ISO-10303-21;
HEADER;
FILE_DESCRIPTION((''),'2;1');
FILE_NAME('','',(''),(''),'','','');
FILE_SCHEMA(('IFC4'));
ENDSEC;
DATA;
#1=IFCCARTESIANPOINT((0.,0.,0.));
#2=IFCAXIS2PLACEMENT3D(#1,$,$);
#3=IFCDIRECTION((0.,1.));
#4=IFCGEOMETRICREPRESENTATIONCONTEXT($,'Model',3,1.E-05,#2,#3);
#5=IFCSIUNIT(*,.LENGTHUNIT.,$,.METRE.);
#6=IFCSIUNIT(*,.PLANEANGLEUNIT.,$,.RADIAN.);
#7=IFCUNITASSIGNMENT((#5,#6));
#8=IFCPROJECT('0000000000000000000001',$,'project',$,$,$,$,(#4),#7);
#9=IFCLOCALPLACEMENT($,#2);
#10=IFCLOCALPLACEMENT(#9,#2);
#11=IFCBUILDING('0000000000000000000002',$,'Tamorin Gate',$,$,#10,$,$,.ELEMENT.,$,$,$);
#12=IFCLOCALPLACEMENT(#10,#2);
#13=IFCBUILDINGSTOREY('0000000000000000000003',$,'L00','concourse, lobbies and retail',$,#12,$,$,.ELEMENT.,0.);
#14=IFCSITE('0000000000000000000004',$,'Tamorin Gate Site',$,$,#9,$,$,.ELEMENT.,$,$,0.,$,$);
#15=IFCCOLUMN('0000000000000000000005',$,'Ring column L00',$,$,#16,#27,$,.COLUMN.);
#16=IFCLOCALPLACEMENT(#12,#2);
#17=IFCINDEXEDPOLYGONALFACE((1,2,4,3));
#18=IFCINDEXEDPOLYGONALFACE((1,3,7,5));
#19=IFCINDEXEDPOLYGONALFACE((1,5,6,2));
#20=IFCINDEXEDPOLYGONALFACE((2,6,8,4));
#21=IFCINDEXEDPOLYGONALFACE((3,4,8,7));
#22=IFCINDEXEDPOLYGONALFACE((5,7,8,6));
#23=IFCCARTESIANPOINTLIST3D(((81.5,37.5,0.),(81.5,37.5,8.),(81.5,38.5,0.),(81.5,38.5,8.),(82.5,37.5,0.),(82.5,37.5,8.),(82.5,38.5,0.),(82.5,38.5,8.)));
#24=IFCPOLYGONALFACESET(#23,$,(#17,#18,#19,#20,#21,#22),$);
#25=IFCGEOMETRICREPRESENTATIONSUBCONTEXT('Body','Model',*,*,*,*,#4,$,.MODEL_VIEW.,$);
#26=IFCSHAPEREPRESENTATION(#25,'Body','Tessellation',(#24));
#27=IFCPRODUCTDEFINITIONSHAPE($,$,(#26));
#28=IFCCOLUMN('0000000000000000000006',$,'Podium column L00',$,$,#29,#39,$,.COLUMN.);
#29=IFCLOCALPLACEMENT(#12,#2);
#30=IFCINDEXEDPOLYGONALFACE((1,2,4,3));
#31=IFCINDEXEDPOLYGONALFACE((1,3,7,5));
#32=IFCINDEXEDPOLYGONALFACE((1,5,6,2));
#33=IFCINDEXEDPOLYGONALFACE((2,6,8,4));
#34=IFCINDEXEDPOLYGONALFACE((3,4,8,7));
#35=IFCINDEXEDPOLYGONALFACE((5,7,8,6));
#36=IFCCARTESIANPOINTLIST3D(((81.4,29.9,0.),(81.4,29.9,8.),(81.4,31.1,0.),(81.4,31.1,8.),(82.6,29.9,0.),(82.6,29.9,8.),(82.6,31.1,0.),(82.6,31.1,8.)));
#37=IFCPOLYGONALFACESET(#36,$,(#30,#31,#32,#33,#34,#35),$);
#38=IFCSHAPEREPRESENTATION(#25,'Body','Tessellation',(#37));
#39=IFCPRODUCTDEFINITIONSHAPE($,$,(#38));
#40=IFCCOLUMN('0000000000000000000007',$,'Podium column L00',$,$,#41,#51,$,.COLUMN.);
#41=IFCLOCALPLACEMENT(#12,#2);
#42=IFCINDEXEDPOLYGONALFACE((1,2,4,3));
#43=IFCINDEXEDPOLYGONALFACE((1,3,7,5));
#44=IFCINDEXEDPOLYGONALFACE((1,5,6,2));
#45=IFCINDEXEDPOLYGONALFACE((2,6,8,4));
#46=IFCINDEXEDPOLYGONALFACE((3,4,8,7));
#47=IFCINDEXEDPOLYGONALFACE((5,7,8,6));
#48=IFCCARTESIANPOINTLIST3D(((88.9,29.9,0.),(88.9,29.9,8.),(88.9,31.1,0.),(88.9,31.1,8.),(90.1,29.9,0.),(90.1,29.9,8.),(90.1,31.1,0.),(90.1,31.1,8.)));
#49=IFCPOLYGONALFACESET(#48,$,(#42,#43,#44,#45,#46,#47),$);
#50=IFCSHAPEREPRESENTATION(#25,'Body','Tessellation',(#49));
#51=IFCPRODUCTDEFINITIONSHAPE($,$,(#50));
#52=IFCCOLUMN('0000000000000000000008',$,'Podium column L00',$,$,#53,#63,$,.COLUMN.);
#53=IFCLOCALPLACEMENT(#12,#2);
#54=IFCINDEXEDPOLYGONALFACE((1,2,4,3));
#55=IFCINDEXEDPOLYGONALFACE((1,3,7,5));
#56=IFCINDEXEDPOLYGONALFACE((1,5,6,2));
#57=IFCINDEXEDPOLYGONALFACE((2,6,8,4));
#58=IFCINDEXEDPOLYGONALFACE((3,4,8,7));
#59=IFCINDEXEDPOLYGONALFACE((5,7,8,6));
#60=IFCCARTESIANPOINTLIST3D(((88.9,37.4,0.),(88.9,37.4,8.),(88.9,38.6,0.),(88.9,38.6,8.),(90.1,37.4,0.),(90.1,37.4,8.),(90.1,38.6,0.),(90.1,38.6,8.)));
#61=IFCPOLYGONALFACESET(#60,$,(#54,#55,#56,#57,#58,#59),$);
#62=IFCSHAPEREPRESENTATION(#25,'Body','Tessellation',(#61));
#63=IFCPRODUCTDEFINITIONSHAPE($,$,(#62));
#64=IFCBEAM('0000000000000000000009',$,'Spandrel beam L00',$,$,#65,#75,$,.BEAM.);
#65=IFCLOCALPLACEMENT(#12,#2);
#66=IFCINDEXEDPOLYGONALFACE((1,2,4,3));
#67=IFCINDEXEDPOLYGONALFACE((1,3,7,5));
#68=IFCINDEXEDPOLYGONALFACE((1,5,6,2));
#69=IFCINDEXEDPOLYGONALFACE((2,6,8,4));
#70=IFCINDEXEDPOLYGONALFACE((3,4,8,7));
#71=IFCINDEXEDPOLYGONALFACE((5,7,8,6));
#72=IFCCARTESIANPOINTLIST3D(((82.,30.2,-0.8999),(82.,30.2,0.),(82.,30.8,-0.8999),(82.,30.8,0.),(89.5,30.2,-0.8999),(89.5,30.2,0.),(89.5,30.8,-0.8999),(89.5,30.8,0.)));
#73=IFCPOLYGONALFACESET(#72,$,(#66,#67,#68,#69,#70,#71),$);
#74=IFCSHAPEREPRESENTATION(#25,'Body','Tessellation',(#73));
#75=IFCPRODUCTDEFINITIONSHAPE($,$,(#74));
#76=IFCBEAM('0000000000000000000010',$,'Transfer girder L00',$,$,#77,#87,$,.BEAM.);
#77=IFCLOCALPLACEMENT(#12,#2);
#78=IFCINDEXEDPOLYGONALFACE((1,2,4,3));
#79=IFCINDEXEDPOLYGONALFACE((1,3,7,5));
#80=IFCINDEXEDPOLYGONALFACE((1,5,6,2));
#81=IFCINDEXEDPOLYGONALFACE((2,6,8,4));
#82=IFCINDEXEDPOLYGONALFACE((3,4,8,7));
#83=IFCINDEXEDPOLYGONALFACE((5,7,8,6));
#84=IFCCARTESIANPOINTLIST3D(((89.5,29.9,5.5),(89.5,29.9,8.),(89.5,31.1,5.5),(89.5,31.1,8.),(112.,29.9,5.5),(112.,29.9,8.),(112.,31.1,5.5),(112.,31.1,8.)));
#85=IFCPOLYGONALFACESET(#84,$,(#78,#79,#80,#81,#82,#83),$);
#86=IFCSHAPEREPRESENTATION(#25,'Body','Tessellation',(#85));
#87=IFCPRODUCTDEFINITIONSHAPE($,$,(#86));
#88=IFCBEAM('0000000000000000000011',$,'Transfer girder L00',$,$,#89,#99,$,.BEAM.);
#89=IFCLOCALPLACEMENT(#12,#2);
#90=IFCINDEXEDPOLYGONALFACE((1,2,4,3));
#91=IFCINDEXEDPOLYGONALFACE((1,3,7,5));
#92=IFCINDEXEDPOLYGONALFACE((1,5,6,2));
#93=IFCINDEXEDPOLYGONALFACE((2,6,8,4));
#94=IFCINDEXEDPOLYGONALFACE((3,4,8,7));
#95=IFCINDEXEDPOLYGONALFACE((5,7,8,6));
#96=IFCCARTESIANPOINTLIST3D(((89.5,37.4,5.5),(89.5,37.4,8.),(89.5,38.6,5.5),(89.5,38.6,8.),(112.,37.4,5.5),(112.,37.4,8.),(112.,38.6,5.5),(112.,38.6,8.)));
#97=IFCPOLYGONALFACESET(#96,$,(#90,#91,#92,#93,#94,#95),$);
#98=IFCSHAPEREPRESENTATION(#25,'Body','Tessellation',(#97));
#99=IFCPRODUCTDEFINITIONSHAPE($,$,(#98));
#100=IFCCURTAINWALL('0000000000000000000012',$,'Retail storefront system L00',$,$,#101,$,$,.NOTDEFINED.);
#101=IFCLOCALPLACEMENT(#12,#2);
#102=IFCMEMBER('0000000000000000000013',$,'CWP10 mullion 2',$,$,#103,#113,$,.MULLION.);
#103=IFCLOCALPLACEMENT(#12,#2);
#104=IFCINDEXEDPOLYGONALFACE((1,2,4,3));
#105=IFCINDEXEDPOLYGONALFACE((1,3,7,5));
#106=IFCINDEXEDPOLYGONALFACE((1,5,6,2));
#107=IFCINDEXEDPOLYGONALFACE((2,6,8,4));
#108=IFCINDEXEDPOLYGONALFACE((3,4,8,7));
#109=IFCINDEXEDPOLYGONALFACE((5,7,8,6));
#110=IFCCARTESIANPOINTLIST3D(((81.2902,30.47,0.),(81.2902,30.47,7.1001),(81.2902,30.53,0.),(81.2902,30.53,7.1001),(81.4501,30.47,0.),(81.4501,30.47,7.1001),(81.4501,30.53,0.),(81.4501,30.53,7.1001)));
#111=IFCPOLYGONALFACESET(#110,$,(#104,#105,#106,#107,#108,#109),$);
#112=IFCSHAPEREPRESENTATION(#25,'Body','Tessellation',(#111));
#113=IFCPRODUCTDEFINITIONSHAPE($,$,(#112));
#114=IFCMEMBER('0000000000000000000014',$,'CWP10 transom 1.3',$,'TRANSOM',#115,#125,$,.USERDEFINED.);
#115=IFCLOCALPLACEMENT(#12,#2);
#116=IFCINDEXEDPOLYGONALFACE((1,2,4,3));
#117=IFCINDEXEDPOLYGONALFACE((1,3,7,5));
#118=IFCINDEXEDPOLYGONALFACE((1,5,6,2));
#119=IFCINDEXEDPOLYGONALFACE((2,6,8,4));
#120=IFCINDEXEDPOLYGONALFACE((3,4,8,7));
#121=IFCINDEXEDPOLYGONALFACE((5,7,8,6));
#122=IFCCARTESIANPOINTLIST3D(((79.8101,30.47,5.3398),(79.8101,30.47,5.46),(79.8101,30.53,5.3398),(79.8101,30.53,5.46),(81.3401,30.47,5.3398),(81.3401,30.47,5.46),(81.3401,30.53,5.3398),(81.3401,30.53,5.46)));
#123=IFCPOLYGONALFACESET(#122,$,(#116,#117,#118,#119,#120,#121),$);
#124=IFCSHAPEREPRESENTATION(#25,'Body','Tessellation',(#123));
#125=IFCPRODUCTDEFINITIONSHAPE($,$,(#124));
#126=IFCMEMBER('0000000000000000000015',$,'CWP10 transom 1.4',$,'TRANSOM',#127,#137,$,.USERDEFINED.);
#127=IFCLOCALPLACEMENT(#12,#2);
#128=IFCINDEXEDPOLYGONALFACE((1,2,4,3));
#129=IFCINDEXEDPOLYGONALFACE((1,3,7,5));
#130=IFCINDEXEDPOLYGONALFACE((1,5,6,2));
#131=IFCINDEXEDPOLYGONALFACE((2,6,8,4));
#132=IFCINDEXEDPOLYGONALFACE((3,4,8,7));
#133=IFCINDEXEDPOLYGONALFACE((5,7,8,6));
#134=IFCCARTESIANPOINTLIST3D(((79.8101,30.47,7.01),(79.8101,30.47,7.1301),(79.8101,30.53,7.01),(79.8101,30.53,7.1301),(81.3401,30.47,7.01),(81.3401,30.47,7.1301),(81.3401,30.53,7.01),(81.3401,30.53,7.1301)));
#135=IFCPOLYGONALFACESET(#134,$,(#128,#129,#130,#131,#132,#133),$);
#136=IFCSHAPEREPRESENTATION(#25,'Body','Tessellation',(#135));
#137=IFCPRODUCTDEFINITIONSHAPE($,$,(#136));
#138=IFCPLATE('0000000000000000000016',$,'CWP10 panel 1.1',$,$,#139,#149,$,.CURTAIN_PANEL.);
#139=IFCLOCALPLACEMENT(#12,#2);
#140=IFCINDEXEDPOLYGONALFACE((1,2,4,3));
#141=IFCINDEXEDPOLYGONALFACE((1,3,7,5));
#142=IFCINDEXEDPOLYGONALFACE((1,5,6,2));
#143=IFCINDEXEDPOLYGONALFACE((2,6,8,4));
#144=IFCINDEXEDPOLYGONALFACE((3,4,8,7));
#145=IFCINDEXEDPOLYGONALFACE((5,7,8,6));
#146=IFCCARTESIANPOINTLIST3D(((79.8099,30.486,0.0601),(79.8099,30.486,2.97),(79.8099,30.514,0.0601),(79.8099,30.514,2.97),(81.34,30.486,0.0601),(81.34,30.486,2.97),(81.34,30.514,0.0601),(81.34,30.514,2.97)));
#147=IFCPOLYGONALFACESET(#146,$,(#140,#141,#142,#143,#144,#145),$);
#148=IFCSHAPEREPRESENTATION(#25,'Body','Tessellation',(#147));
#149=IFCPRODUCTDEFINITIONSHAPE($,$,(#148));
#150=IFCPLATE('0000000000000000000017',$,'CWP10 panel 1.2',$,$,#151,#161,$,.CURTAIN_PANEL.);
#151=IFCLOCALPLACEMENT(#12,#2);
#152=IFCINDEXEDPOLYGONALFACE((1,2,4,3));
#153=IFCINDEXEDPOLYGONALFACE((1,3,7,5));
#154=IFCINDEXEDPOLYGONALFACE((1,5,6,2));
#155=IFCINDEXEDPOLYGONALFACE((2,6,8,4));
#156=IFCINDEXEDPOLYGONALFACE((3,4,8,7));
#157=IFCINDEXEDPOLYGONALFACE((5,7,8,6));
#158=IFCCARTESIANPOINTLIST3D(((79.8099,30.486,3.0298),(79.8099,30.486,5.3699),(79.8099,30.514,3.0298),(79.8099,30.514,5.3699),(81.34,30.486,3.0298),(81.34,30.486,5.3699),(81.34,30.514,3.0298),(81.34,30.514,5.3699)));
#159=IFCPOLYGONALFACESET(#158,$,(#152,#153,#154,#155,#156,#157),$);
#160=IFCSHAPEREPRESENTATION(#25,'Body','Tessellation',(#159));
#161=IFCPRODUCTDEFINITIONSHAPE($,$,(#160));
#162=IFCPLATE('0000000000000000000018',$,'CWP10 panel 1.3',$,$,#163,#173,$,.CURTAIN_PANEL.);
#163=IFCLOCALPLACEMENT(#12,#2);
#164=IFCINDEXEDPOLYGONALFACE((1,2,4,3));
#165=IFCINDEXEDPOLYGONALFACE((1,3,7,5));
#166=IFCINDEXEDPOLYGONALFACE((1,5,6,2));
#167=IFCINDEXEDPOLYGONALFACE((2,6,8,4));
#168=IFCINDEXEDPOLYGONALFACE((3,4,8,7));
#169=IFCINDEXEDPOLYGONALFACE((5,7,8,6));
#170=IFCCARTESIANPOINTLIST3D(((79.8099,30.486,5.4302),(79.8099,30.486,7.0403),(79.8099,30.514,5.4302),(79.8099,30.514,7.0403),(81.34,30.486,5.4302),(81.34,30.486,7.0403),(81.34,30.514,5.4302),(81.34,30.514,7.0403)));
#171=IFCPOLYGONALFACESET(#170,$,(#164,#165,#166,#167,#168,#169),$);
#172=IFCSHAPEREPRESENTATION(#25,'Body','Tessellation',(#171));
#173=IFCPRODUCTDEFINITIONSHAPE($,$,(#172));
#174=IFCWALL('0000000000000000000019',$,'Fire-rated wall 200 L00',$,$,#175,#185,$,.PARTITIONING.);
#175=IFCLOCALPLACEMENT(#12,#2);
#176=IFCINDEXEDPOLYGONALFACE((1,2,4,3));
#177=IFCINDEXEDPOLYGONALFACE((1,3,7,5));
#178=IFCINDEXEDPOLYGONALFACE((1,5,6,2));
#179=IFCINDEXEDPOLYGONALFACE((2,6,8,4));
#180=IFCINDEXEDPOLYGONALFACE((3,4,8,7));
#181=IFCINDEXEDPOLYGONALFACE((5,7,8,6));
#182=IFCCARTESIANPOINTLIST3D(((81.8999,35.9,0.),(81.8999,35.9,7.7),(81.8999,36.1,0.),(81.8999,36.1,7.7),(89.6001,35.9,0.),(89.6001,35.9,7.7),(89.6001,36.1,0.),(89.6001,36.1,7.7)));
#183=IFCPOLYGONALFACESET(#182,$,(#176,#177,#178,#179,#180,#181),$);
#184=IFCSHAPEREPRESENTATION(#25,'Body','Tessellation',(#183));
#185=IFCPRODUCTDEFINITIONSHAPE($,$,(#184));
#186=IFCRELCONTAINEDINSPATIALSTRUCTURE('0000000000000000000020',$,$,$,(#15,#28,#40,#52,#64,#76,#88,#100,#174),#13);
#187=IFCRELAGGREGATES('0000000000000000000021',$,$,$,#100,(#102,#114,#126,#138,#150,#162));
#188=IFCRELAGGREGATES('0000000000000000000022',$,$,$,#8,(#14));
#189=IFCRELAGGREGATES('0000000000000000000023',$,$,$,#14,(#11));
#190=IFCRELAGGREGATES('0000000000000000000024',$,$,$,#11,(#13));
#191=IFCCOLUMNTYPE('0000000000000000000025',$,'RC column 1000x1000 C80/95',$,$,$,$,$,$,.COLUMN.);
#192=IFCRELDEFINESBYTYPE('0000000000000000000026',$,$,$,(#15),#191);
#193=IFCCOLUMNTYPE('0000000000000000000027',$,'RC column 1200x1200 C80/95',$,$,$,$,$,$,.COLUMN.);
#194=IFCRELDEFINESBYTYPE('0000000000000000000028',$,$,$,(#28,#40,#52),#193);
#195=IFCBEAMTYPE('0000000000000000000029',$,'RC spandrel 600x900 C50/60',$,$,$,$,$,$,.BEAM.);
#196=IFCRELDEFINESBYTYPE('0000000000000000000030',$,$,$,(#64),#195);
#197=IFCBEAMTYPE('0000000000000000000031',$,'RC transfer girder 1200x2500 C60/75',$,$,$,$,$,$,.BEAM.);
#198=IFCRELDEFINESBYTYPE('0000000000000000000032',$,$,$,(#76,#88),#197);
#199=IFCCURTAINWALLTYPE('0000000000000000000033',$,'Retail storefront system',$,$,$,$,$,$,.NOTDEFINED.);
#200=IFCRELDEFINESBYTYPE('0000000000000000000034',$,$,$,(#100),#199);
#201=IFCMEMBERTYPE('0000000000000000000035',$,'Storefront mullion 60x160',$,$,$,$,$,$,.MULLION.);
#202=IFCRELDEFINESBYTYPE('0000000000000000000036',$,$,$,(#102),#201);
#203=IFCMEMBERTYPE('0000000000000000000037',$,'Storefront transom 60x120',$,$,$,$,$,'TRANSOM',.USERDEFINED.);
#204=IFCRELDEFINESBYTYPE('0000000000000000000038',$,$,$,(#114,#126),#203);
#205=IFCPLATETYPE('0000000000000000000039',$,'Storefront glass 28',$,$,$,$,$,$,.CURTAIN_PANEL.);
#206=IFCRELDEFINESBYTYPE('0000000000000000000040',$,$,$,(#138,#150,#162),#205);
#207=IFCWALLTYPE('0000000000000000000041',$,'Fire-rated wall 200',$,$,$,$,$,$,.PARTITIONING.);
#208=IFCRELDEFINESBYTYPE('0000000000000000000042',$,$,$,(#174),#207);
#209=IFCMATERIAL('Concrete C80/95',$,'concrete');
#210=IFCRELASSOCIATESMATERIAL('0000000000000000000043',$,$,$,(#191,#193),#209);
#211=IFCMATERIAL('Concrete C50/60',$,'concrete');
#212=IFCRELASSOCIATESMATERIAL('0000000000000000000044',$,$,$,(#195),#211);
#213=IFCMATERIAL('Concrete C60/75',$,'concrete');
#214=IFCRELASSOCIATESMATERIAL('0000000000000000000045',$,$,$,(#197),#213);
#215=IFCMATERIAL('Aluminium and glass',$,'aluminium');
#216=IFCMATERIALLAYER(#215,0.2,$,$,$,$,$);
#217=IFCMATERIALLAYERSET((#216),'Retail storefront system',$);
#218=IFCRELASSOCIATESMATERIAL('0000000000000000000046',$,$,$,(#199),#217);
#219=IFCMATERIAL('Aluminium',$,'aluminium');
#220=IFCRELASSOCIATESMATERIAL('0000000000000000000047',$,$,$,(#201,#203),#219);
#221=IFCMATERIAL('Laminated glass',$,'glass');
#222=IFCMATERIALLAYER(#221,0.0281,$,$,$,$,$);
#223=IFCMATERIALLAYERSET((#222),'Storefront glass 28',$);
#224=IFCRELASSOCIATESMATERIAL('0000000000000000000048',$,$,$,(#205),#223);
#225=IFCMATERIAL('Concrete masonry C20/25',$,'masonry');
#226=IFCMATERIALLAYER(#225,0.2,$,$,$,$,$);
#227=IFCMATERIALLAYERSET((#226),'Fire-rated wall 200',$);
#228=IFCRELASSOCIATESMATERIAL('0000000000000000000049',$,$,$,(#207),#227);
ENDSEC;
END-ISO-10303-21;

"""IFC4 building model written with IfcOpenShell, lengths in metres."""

from ifc_helpers import new_model, si_unit, direction, frame, frame_2d, origin, origin_2d, place, context, subcontext, project, spatial, rectangle, extrude, material, layer, layer_set, material_profile, profile_set, type_object, element, aggregate, save


model = new_model("IFC4")

# Units and contexts
model_context = context("Model", 3, precision=1e-05, world=origin(), true_north=direction((0.0, 1.0)))
body_context = subcontext(model_context, "Body", "Model", "MODEL_VIEW")
ifc_project = project(units=[si_unit("LENGTHUNIT", "METRE"), si_unit("PLANEANGLEUNIT", "RADIAN")], contexts=[model_context])

# Site, building, storey
site_placement = place(None, origin())
site = spatial("IfcSite", under=ifc_project, at=site_placement, Name="Tamorin Gate Site", CompositionType="ELEMENT", RefElevation=0.0)
building_placement = place(site_placement, origin())
building = spatial("IfcBuilding", under=site, at=building_placement, Name="Tamorin Gate", CompositionType="ELEMENT")
storey_placement = place(building_placement, origin())
storey = spatial("IfcBuildingStorey", under=building, at=storey_placement, Name="L00", Description="concourse, lobbies and retail", CompositionType="ELEMENT", Elevation=0.0)

# Columns
ifc_material_1 = material(Name="Concrete C80/95", Category="concrete")
ifc_material_profile_1 = material_profile(ifc_material_1, rectangle(XDim=1.0, YDim=1.0, at=origin_2d()), Name="RC 1000x1000")
ifc_profile_set_1 = profile_set([ifc_material_profile_1], Name="Concrete C80/95")
column_type_1 = type_object("IfcColumnType", Name="RC column 1000x1000 C80/95", PredefinedType="COLUMN", material=ifc_profile_set_1)
column_placement = place(storey_placement, frame((82.0, 38.0, 0.0), z_axis=(0.0, 0.0, 1.0), x_axis=(1.0, 0.0, 0.0)))
element("IfcColumn", 1, at=column_placement, inside=storey, type_object=column_type_1, Name="Ring column L00", PredefinedType="COLUMN", context=body_context, shape_type="SweptSolid", body=[
    extrude(rectangle(XDim=1.0, YDim=1.0, at=origin_2d()), origin(), (0.0, 0.0, 1.0), 8.0),
])
ifc_material_profile_2 = material_profile(ifc_material_1, rectangle(XDim=1.2, YDim=1.2, at=origin_2d()), Name="RC 1200x1200")
ifc_profile_set_2 = profile_set([ifc_material_profile_2], Name="Concrete C80/95")
column_type_2 = type_object("IfcColumnType", Name="RC column 1200x1200 C80/95", PredefinedType="COLUMN", material=ifc_profile_set_2)
for number, where, z_axis, x_axis, name in (
    (2, (82.0, 30.5, 0.0), (0.0, 0.0, 1.0), (1.0, 0.0, 0.0), "Podium column L00"),
    (3, (89.5, 30.5, 0.0), (0.0, 0.0, 1.0), (1.0, 0.0, 0.0), "Podium column L00"),
    (4, (89.5, 38.0, 0.0), (0.0, 0.0, 1.0), (1.0, 0.0, 0.0), "Podium column L00"),
):
    element("IfcColumn", number, at=place(storey_placement, frame(where, z_axis=z_axis, x_axis=x_axis)), inside=storey, type_object=column_type_2, Name=name, PredefinedType="COLUMN", context=body_context, shape_type="SweptSolid", body=[
        extrude(rectangle(XDim=1.2, YDim=1.2, at=origin_2d()), origin(), (0.0, 0.0, 1.0), 8.0),
    ])

# Beams
ifc_material_2 = material(Name="Concrete C50/60", Category="concrete")
ifc_material_profile_3 = material_profile(ifc_material_2, rectangle(XDim=0.6001, YDim=0.8999, at=origin_2d()), Name="RC 600x900")
ifc_profile_set_3 = profile_set([ifc_material_profile_3], Name="Concrete C50/60")
beam_type_1 = type_object("IfcBeamType", Name="RC spandrel 600x900 C50/60", PredefinedType="BEAM", material=ifc_profile_set_3)
beam_placement = place(storey_placement, frame((82.0, 30.5, -0.45), z_axis=(1.0, 0.0, 0.0), x_axis=(0.0, 1.0, 0.0)))
element("IfcBeam", 5, at=beam_placement, inside=storey, type_object=beam_type_1, Name="Spandrel beam L00", PredefinedType="BEAM", context=body_context, shape_type="SweptSolid", body=[
    extrude(rectangle(XDim=0.6001, YDim=0.8999, at=origin_2d()), origin(), (0.0, 0.0, 1.0), 7.5),
])
ifc_material_3 = material(Name="Concrete C60/75", Category="concrete")
ifc_material_profile_4 = material_profile(ifc_material_3, rectangle(XDim=1.2, YDim=2.5, at=origin_2d()), Name="RC 1200x2500")
ifc_profile_set_4 = profile_set([ifc_material_profile_4], Name="Concrete C60/75")
beam_type_2 = type_object("IfcBeamType", Name="RC transfer girder 1200x2500 C60/75", PredefinedType="BEAM", material=ifc_profile_set_4)
for number, where, z_axis, x_axis, name in (
    (6, (89.5, 30.5, 6.75), (1.0, 0.0, 0.0), (0.0, 1.0, 0.0), "Transfer girder L00"),
    (7, (89.5, 38.0, 6.75), (1.0, 0.0, 0.0), (0.0, 1.0, 0.0), "Transfer girder L00"),
):
    element("IfcBeam", number, at=place(storey_placement, frame(where, z_axis=z_axis, x_axis=x_axis)), inside=storey, type_object=beam_type_2, Name=name, PredefinedType="BEAM", context=body_context, shape_type="SweptSolid", body=[
        extrude(rectangle(XDim=1.2, YDim=2.5, at=origin_2d()), origin(), (0.0, 0.0, 1.0), 22.5),
    ])

# Curtain wall, members, plates
ifc_material_4 = material(Name="Aluminium and glass", Category="aluminium")
ifc_layer_1 = layer(ifc_material_4, 0.2)
ifc_layer_set_1 = layer_set([ifc_layer_1], Name="Retail storefront system")
curtain_wall_type = type_object("IfcCurtainWallType", Name="Retail storefront system", PredefinedType="NOTDEFINED", material=ifc_layer_set_1)
curtain_wall_placement = place(storey_placement, origin())
curtain_wall = element("IfcCurtainWall", 8, at=curtain_wall_placement, inside=storey, type_object=curtain_wall_type, Name="Retail storefront system L00", PredefinedType="NOTDEFINED")
ifc_material_5 = material(Name="Aluminium", Category="aluminium")
ifc_material_profile_5 = material_profile(ifc_material_5, rectangle(XDim=0.0601, YDim=0.1599, at=origin_2d()), Name="RECT 60x160")
ifc_profile_set_5 = profile_set([ifc_material_profile_5], Name="Aluminium")
member_type_1 = type_object("IfcMemberType", Name="Storefront mullion 60x160", PredefinedType="MULLION", material=ifc_profile_set_5)
member_1_placement = place(storey_placement, frame((81.3701, 30.5, 0.0), z_axis=(0.0, 0.0, 1.0), x_axis=(0.0, 1.0, 0.0)))
member_1 = element("IfcMember", 9, at=member_1_placement, type_object=member_type_1, Name="CWP10 mullion 2", PredefinedType="MULLION", context=body_context, shape_type="SweptSolid", body=[
    extrude(rectangle(XDim=0.0601, YDim=0.1599, at=origin_2d()), origin(), (0.0, 0.0, 1.0), 7.1001),
])
ifc_material_profile_6 = material_profile(ifc_material_5, rectangle(XDim=0.0601, YDim=0.1201, at=origin_2d()), Name="RECT 60x120")
ifc_profile_set_6 = profile_set([ifc_material_profile_6], Name="Aluminium")
member_type_2 = type_object("IfcMemberType", Name="Storefront transom 60x120", ElementType="TRANSOM", PredefinedType="USERDEFINED", material=ifc_profile_set_6)
member_2_placement = place(storey_placement, frame((79.8101, 30.5, 5.3999), z_axis=(1.0, 0.0, 0.0), x_axis=(0.0, 1.0, 0.0)))
member_2 = element("IfcMember", 10, at=member_2_placement, type_object=member_type_2, Name="CWP10 transom 1.3", ObjectType="TRANSOM", PredefinedType="USERDEFINED", context=body_context, shape_type="SweptSolid", body=[
    extrude(rectangle(XDim=0.0601, YDim=0.1201, at=origin_2d()), origin(), (0.0, 0.0, 1.0), 1.53),
])
member_3_placement = place(storey_placement, frame((79.8101, 30.5, 7.0701), z_axis=(1.0, 0.0, 0.0), x_axis=(0.0, 1.0, 0.0)))
member_3 = element("IfcMember", 11, at=member_3_placement, type_object=member_type_2, Name="CWP10 transom 1.4", ObjectType="TRANSOM", PredefinedType="USERDEFINED", context=body_context, shape_type="SweptSolid", body=[
    extrude(rectangle(XDim=0.0601, YDim=0.1201, at=origin_2d()), origin(), (0.0, 0.0, 1.0), 1.53),
])
ifc_material_6 = material(Name="Laminated glass", Category="glass")
ifc_layer_2 = layer(ifc_material_6, 0.0281)
ifc_layer_set_2 = layer_set([ifc_layer_2], Name="Storefront glass 28")
plate_type = type_object("IfcPlateType", Name="Storefront glass 28", PredefinedType="CURTAIN_PANEL", material=ifc_layer_set_2)
plate_1_placement = place(storey_placement, frame((80.575, 30.5, 0.0601), z_axis=(0.0, 0.0, 1.0), x_axis=(1.0, 0.0, 0.0)))
plate_1 = element("IfcPlate", 12, at=plate_1_placement, type_object=plate_type, Name="CWP10 panel 1.1", PredefinedType="CURTAIN_PANEL", context=body_context, shape_type="SweptSolid", body=[
    extrude(rectangle(XDim=1.53, YDim=0.0281, at=origin_2d()), origin(), (0.0, 0.0, 1.0), 2.9099),
])
plate_2_placement = place(storey_placement, frame((80.575, 30.5, 3.0298), z_axis=(0.0, 0.0, 1.0), x_axis=(1.0, 0.0, 0.0)))
plate_2 = element("IfcPlate", 13, at=plate_2_placement, type_object=plate_type, Name="CWP10 panel 1.2", PredefinedType="CURTAIN_PANEL", context=body_context, shape_type="SweptSolid", body=[
    extrude(rectangle(XDim=1.53, YDim=0.0281, at=origin_2d()), origin(), (0.0, 0.0, 1.0), 2.3401),
])
plate_3_placement = place(storey_placement, frame((80.575, 30.5, 5.4302), z_axis=(0.0, 0.0, 1.0), x_axis=(1.0, 0.0, 0.0)))
plate_3 = element("IfcPlate", 14, at=plate_3_placement, type_object=plate_type, Name="CWP10 panel 1.3", PredefinedType="CURTAIN_PANEL", context=body_context, shape_type="SweptSolid", body=[
    extrude(rectangle(XDim=1.53, YDim=0.0281, at=origin_2d()), origin(), (0.0, 0.0, 1.0), 1.6101),
])
aggregate(curtain_wall, [member_1, member_2, member_3, plate_1, plate_2, plate_3])

# Wall
ifc_material_7 = material(Name="Concrete masonry C20/25", Category="masonry")
ifc_layer_3 = layer(ifc_material_7, 0.2)
ifc_layer_set_3 = layer_set([ifc_layer_3], Name="Fire-rated wall 200")
wall_type_1 = type_object("IfcWallType", Name="Fire-rated wall 200", PredefinedType="PARTITIONING", material=ifc_layer_set_3)
wall_1_placement = place(storey_placement, frame((81.8999, 36.0, 0.0), z_axis=(0.0, 0.0, 1.0), x_axis=(1.0, 0.0, 0.0)))
element("IfcWall", 15, at=wall_1_placement, inside=storey, type_object=wall_type_1, Name="Fire-rated wall 200 L00", PredefinedType="PARTITIONING", context=body_context, shape_type="SweptSolid", body=[
    extrude(rectangle(XDim=7.7002, YDim=0.2, at=frame_2d((3.8501, 0.0))), origin(), (0.0, 0.0, 1.0), 7.7),
])

save(model, "model.ifc")
